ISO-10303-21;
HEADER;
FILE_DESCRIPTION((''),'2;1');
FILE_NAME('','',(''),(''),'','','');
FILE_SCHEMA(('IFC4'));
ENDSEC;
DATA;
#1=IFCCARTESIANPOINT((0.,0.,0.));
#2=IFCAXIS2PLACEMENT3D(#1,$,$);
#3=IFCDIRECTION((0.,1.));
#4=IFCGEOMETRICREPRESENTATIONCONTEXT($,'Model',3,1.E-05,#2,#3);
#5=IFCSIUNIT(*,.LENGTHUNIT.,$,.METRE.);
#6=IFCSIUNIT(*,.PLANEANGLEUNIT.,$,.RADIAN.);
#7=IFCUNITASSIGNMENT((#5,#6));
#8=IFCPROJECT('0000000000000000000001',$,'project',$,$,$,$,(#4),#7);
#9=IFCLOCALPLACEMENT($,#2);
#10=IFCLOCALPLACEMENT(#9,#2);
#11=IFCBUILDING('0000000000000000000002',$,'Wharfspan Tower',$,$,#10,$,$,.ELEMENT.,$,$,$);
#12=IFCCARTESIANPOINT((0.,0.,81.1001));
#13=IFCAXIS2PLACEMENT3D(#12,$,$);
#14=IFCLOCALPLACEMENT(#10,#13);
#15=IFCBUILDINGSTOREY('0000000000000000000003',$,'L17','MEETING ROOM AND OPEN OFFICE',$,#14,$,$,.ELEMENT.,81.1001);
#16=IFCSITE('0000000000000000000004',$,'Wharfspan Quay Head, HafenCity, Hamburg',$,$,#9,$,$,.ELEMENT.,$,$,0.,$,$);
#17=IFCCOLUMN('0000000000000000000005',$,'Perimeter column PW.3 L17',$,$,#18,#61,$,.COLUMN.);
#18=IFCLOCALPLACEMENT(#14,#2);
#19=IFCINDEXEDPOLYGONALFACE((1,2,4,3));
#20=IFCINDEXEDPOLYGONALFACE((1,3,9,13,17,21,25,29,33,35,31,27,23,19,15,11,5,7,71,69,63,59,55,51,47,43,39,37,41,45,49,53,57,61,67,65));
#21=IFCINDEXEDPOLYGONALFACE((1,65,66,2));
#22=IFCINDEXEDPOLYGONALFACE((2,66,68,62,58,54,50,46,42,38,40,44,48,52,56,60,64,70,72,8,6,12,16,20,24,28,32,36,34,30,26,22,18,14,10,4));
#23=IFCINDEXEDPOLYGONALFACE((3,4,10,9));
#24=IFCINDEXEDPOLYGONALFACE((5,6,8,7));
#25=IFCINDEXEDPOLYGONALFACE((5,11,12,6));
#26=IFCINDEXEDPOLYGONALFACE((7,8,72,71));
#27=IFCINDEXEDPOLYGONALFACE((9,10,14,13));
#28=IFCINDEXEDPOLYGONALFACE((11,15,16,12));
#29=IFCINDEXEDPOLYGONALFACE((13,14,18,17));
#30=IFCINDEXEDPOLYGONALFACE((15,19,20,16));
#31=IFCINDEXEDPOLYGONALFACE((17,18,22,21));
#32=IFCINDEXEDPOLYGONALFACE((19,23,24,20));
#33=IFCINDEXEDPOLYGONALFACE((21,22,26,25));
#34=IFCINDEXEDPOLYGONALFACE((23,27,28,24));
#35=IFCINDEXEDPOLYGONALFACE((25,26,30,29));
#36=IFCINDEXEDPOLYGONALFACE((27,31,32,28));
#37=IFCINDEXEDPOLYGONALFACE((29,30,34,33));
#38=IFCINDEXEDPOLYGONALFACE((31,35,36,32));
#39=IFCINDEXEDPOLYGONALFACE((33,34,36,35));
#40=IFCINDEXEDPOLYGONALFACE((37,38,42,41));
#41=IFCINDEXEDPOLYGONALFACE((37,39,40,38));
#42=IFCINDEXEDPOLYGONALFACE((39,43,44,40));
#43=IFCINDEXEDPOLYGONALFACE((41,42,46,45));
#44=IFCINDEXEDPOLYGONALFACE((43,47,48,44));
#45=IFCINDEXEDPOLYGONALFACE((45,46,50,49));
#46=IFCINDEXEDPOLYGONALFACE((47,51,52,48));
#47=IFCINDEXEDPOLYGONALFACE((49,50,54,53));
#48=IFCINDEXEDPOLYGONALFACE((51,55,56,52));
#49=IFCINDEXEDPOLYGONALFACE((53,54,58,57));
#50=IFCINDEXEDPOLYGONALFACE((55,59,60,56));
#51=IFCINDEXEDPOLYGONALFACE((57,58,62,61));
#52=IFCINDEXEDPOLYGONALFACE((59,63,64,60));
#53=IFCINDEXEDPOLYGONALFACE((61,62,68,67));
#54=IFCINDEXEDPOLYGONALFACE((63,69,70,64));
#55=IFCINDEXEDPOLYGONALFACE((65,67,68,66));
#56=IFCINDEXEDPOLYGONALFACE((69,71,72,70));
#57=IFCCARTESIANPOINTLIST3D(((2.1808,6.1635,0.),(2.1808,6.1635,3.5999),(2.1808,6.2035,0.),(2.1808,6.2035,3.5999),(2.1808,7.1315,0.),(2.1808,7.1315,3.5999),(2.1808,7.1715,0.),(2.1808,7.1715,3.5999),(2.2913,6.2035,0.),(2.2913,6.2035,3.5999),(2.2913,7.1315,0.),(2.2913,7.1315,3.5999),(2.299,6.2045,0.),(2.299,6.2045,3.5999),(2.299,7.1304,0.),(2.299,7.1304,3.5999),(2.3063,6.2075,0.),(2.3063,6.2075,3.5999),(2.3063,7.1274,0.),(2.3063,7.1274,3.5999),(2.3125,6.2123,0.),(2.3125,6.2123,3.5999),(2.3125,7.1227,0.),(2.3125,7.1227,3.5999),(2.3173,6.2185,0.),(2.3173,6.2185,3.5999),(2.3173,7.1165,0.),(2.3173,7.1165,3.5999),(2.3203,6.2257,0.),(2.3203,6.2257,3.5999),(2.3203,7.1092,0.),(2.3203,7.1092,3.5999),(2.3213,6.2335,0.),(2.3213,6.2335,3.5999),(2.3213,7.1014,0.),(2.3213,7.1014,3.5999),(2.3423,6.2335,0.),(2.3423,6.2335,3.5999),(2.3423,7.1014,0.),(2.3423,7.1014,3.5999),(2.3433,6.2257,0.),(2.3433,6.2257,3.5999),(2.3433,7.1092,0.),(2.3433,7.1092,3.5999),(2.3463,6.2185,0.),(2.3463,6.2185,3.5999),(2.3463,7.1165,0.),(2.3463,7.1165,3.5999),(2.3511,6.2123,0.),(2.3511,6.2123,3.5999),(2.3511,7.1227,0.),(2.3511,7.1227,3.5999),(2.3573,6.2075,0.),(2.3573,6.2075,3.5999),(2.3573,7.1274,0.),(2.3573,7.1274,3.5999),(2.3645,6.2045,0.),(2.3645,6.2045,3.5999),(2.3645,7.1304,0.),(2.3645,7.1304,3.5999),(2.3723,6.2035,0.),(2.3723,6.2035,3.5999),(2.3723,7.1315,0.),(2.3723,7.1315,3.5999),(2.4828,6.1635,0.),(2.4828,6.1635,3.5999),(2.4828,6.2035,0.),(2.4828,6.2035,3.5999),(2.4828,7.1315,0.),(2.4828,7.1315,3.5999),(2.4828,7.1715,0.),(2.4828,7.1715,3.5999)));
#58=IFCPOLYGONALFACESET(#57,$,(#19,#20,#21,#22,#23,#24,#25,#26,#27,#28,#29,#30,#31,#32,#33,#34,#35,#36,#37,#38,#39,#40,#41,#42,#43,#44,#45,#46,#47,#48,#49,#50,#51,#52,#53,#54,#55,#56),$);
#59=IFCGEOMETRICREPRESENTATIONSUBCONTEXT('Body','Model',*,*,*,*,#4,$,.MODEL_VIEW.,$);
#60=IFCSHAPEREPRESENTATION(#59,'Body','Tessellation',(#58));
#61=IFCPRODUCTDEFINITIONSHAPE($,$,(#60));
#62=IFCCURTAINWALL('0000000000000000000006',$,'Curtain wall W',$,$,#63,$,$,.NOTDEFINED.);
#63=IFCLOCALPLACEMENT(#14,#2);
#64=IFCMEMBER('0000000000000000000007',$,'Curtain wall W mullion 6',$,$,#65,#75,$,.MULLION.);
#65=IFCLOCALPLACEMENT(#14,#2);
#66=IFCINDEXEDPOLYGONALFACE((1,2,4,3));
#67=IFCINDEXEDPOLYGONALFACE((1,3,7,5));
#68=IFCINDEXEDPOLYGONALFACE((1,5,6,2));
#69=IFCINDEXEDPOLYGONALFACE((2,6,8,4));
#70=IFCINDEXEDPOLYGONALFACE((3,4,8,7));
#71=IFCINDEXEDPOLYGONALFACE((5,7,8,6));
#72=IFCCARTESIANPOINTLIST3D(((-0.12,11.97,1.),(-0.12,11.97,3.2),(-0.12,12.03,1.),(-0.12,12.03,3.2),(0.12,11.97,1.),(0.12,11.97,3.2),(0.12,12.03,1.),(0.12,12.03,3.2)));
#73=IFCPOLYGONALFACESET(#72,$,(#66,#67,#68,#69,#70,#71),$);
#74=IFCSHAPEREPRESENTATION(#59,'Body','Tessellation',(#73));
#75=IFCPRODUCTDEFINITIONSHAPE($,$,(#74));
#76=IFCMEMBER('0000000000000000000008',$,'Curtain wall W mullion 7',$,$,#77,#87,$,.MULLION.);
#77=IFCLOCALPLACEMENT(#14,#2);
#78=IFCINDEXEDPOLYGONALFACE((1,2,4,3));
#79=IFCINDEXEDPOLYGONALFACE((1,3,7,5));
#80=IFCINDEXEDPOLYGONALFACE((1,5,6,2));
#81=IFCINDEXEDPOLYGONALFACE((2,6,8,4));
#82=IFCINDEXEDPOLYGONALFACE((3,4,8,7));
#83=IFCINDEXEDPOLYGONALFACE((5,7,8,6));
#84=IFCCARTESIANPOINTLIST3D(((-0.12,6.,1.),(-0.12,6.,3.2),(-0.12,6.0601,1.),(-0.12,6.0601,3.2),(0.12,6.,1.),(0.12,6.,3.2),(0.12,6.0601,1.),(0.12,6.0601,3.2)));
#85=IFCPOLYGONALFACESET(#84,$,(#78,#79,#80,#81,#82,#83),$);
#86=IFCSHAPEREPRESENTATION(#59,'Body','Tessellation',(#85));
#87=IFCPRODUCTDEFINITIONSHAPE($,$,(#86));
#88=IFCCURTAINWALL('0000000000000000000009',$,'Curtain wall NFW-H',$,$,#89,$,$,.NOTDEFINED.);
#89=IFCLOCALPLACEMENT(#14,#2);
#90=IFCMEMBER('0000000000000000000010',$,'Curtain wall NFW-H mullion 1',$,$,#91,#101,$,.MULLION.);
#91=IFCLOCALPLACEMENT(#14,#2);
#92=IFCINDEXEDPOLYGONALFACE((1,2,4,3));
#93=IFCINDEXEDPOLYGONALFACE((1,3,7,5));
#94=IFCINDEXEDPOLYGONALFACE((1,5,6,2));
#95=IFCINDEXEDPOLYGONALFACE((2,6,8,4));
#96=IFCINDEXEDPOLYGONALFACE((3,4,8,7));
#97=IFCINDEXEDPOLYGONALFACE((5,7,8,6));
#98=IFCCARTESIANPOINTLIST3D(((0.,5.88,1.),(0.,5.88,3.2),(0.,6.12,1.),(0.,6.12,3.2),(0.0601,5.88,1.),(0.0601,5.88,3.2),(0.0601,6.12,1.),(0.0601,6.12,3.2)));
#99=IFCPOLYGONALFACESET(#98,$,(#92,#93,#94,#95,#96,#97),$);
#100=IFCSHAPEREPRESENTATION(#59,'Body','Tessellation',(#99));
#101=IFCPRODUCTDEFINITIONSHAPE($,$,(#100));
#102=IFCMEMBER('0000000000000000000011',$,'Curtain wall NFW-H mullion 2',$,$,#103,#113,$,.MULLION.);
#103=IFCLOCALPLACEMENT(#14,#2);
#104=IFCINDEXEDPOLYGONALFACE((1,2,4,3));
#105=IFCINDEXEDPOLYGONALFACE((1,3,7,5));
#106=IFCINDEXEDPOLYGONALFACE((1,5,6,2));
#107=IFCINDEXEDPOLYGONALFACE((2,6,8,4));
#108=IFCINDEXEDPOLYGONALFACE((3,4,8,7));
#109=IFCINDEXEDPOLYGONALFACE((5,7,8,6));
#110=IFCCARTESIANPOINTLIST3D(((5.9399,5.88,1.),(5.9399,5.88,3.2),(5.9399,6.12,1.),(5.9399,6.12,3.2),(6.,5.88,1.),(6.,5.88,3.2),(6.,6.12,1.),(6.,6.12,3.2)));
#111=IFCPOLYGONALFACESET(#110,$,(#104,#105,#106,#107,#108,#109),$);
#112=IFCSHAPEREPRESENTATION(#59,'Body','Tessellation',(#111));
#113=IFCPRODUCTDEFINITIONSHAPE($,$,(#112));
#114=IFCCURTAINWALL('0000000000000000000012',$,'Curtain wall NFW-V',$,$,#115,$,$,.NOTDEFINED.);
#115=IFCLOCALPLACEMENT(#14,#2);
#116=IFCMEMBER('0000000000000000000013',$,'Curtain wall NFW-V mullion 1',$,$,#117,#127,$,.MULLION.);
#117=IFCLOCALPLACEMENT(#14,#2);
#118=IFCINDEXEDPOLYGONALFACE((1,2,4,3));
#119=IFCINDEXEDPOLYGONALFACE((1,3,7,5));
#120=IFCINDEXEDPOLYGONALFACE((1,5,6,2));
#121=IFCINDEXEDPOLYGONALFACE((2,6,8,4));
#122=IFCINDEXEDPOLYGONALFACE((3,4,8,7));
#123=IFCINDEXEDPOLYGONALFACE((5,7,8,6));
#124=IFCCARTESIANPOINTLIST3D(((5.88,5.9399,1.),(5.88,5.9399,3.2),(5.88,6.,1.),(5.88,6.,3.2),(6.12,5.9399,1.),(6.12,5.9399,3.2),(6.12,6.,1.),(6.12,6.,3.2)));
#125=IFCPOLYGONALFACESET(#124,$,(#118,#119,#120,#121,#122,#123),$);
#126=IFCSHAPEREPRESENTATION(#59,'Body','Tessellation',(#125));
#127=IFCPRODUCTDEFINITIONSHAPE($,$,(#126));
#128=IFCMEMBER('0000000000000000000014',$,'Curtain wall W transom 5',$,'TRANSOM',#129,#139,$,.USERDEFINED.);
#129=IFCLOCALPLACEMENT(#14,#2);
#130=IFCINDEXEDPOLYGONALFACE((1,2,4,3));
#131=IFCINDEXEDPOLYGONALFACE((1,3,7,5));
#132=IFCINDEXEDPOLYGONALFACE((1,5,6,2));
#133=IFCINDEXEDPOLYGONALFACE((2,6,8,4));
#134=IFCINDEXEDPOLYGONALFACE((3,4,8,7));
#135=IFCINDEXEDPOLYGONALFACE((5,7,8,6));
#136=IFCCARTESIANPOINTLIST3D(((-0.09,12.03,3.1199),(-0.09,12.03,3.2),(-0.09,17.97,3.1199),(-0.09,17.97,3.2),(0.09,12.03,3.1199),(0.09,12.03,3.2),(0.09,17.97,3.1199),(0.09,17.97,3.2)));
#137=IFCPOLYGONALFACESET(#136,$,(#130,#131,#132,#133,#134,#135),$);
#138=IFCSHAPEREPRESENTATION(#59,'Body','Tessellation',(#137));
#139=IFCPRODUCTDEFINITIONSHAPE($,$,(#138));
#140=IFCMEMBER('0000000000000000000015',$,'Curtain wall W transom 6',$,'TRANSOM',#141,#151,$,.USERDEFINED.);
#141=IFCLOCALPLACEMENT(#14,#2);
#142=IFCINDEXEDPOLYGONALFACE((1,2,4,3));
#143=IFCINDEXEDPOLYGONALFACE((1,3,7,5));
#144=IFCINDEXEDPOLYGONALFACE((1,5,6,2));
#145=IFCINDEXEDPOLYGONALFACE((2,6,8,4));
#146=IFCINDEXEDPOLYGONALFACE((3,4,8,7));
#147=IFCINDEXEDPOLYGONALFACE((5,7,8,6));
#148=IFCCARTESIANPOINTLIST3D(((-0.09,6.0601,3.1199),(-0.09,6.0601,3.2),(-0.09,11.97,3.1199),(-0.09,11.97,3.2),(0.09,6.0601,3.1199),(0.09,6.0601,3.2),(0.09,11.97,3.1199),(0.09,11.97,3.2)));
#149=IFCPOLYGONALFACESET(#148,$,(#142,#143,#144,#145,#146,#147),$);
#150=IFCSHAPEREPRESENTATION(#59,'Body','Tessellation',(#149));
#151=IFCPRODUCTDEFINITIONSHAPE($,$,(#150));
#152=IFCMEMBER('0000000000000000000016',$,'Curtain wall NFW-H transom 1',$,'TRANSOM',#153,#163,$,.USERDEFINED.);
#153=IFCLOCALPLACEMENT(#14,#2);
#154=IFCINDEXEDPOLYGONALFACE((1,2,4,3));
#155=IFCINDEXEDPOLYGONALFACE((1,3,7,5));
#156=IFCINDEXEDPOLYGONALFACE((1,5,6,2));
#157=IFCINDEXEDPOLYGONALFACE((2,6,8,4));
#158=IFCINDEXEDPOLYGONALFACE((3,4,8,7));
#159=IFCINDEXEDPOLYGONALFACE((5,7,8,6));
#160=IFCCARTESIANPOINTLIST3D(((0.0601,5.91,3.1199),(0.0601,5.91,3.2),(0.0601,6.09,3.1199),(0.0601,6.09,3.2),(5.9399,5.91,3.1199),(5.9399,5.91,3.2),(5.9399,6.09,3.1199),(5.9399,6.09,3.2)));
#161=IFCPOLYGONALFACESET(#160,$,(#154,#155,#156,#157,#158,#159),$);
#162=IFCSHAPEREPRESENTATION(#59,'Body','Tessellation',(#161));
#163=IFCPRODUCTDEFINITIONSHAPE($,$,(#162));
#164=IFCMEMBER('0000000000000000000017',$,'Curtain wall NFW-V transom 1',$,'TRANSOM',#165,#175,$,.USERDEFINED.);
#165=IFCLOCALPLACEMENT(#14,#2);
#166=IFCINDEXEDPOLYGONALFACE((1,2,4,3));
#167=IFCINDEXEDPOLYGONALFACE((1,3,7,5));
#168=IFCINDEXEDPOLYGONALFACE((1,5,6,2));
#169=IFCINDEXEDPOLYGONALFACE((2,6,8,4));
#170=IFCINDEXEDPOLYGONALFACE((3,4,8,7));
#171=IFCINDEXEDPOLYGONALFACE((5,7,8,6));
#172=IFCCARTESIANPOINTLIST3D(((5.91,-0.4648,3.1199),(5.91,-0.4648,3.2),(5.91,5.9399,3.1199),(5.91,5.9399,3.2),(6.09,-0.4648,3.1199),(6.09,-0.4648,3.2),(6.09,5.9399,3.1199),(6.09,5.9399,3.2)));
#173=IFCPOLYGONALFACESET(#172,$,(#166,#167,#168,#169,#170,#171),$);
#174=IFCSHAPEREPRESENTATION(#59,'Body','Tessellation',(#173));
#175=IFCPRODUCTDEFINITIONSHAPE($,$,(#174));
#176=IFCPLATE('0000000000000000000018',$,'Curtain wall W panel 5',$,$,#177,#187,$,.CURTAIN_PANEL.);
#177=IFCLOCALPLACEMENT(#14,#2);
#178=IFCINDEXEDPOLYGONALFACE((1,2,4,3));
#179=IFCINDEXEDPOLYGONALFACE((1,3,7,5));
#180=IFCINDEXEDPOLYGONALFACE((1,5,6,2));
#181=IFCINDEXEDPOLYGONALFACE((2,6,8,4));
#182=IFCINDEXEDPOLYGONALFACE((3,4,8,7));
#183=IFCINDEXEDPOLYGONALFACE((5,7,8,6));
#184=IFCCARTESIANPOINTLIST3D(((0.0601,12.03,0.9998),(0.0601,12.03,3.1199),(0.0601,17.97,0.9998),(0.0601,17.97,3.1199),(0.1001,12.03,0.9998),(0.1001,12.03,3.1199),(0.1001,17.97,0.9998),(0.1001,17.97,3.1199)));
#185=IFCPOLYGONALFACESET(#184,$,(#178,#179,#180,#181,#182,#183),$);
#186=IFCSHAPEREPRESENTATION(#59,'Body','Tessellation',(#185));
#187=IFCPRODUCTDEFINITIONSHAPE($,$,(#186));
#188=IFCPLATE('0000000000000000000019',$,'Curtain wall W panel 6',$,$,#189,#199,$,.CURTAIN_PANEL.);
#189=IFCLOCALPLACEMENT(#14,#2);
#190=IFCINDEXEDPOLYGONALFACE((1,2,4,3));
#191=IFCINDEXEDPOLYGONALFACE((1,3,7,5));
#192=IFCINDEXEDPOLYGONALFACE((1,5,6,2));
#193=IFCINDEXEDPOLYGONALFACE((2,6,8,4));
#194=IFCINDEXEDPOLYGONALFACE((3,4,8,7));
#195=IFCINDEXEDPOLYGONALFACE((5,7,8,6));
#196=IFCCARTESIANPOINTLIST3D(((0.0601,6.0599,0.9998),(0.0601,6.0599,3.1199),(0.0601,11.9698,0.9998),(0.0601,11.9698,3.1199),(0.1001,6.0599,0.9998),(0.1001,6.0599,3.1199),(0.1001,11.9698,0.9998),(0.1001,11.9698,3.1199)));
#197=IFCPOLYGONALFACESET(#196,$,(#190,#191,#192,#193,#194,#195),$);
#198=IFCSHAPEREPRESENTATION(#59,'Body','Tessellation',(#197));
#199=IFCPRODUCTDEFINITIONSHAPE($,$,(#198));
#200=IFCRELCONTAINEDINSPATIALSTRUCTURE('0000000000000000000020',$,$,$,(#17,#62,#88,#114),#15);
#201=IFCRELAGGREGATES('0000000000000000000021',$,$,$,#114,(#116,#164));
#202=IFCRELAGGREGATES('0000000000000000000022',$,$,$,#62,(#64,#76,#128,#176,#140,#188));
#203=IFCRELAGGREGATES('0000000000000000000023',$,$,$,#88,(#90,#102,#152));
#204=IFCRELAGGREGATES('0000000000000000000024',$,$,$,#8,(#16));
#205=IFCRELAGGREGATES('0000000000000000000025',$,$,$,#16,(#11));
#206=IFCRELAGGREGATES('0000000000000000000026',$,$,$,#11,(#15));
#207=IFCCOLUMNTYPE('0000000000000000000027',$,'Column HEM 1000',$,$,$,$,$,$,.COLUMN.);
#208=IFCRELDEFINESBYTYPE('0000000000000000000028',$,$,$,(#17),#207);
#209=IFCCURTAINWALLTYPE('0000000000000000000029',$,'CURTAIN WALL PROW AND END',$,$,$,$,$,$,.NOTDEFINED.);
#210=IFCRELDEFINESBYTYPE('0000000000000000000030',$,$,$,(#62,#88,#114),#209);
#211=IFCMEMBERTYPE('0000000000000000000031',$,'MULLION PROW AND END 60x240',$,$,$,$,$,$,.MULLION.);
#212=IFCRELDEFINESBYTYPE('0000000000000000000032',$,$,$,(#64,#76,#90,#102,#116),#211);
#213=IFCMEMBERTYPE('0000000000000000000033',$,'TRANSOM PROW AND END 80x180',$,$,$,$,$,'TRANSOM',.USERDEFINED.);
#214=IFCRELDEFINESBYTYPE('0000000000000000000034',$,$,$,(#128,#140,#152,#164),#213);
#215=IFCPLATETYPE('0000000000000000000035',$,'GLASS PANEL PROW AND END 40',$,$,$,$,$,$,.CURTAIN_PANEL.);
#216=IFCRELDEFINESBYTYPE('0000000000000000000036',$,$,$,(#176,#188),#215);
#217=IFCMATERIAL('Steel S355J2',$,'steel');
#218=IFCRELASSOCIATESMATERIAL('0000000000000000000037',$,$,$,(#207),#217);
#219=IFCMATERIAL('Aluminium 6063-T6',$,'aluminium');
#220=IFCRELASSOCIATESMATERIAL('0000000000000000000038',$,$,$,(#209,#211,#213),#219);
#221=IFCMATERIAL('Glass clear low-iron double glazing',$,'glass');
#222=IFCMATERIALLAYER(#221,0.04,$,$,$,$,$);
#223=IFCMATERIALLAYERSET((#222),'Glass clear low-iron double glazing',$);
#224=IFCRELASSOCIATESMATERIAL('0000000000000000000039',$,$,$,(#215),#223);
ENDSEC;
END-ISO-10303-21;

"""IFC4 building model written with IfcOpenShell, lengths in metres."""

from ifc_helpers import new_model, si_unit, direction, frame, origin, origin_2d, place, context, subcontext, project, spatial, rectangle, i_section, extrude, material, layer, layer_set, material_profile, profile_set, type_object, element, aggregate, save


model = new_model("IFC4")

# Units and contexts
model_context = context("Model", 3, precision=1e-05, world=origin(), true_north=direction((0.0, 1.0)))
body_context = subcontext(model_context, "Body", "Model", "MODEL_VIEW")
ifc_project = project(units=[si_unit("LENGTHUNIT", "METRE"), si_unit("PLANEANGLEUNIT", "RADIAN")], contexts=[model_context])

# Site, building, storey
site_placement = place(None, origin())
site = spatial("IfcSite", under=ifc_project, at=site_placement, Name="Wharfspan Quay Head, HafenCity, Hamburg", CompositionType="ELEMENT", RefElevation=0.0)
building_placement = place(site_placement, origin())
building = spatial("IfcBuilding", under=site, at=building_placement, Name="Wharfspan Tower", CompositionType="ELEMENT")
storey_placement = place(building_placement, frame((0.0, 0.0, 81.1001)))
storey = spatial("IfcBuildingStorey", under=building, at=storey_placement, Name="L17", Description="MEETING ROOM AND OPEN OFFICE", CompositionType="ELEMENT", Elevation=81.1001)

# Column
ifc_material_1 = material(Name="Steel S355J2", Category="steel")
ifc_material_profile_1 = material_profile(ifc_material_1, i_section(OverallWidth=0.302, OverallDepth=1.0081, WebThickness=0.021, FlangeThickness=0.04, FilletRadius=0.03, at=origin_2d()))
ifc_profile_set_1 = profile_set([ifc_material_profile_1], Name="Steel S355J2")
column_type = type_object("IfcColumnType", Name="Column HEM 1000", PredefinedType="COLUMN", material=ifc_profile_set_1)
column_placement = place(storey_placement, frame((2.3318, 6.6675, 0.0), z_axis=(0.0, 0.0, 1.0), x_axis=(-1.0, 0.0, 0.0)))
element("IfcColumn", 1, at=column_placement, inside=storey, type_object=column_type, Name="Perimeter column PW.3 L17", PredefinedType="COLUMN", context=body_context, shape_type="SweptSolid", body=[
    extrude(i_section(OverallWidth=0.302, OverallDepth=1.0081, WebThickness=0.021, FlangeThickness=0.04, FilletRadius=0.03, at=origin_2d()), origin(), (0.0, 0.0, 1.0), 3.5999),
])

# Curtain walls, members
ifc_material_2 = material(Name="Aluminium 6063-T6", Category="aluminium")
curtain_wall_type = type_object("IfcCurtainWallType", Name="CURTAIN WALL PROW AND END", PredefinedType="NOTDEFINED", material=ifc_material_2)
curtain_wall_1_placement = place(storey_placement, origin())
curtain_wall_1 = element("IfcCurtainWall", 2, at=curtain_wall_1_placement, inside=storey, type_object=curtain_wall_type, Name="Curtain wall W", PredefinedType="NOTDEFINED")
ifc_material_profile_2 = material_profile(ifc_material_2, rectangle(XDim=0.24, YDim=0.0601, at=origin_2d()))
ifc_profile_set_2 = profile_set([ifc_material_profile_2], Name="Aluminium 6063-T6")
member_type_1 = type_object("IfcMemberType", Name="MULLION PROW AND END 60x240", PredefinedType="MULLION", material=ifc_profile_set_2)
member_1_placement = place(storey_placement, frame((0.0, 12.0, 1.0), z_axis=(0.0, 0.0, 1.0), x_axis=(1.0, 0.0, 0.0)))
member_1 = element("IfcMember", 3, at=member_1_placement, type_object=member_type_1, Name="Curtain wall W mullion 6", PredefinedType="MULLION", context=body_context, shape_type="SweptSolid", body=[
    extrude(rectangle(XDim=0.24, YDim=0.0601, at=origin_2d()), origin(), (0.0, 0.0, 1.0), 2.2),
])
member_2_placement = place(storey_placement, frame((0.0, 6.03, 1.0), z_axis=(0.0, 0.0, 1.0), x_axis=(1.0, 0.0, 0.0)))
member_2 = element("IfcMember", 4, at=member_2_placement, type_object=member_type_1, Name="Curtain wall W mullion 7", PredefinedType="MULLION", context=body_context, shape_type="SweptSolid", body=[
    extrude(rectangle(XDim=0.24, YDim=0.0601, at=origin_2d()), origin(), (0.0, 0.0, 1.0), 2.2),
])
curtain_wall_2_placement = place(storey_placement, origin())
curtain_wall_2 = element("IfcCurtainWall", 5, at=curtain_wall_2_placement, inside=storey, type_object=curtain_wall_type, Name="Curtain wall NFW-H", PredefinedType="NOTDEFINED")
member_3_placement = place(storey_placement, frame((0.03, 6.0, 1.0), z_axis=(0.0, 0.0, 1.0), x_axis=(0.0, 1.0, 0.0)))
member_3 = element("IfcMember", 6, at=member_3_placement, type_object=member_type_1, Name="Curtain wall NFW-H mullion 1", PredefinedType="MULLION", context=body_context, shape_type="SweptSolid", body=[
    extrude(rectangle(XDim=0.24, YDim=0.0601, at=origin_2d()), origin(), (0.0, 0.0, 1.0), 2.2),
])
member_4_placement = place(storey_placement, frame((5.97, 6.0, 1.0), z_axis=(0.0, 0.0, 1.0), x_axis=(0.0, 1.0, 0.0)))
member_4 = element("IfcMember", 7, at=member_4_placement, type_object=member_type_1, Name="Curtain wall NFW-H mullion 2", PredefinedType="MULLION", context=body_context, shape_type="SweptSolid", body=[
    extrude(rectangle(XDim=0.24, YDim=0.0601, at=origin_2d()), origin(), (0.0, 0.0, 1.0), 2.2),
])

# Curtain wall, member
curtain_wall_3_placement = place(storey_placement, origin())
curtain_wall_3 = element("IfcCurtainWall", 8, at=curtain_wall_3_placement, inside=storey, type_object=curtain_wall_type, Name="Curtain wall NFW-V", PredefinedType="NOTDEFINED")
member_5_placement = place(storey_placement, frame((6.0, 5.97, 1.0), z_axis=(0.0, 0.0, 1.0), x_axis=(1.0, 0.0, 0.0)))
member_5 = element("IfcMember", 9, at=member_5_placement, type_object=member_type_1, Name="Curtain wall NFW-V mullion 1", PredefinedType="MULLION", context=body_context, shape_type="SweptSolid", body=[
    extrude(rectangle(XDim=0.24, YDim=0.0601, at=origin_2d()), origin(), (0.0, 0.0, 1.0), 2.2),
])

# Members
ifc_material_profile_3 = material_profile(ifc_material_2, rectangle(XDim=0.1799, YDim=0.0801, at=origin_2d()))
ifc_profile_set_3 = profile_set([ifc_material_profile_3], Name="Aluminium 6063-T6")
member_type_2 = type_object("IfcMemberType", Name="TRANSOM PROW AND END 80x180", ElementType="TRANSOM", PredefinedType="USERDEFINED", material=ifc_profile_set_3)
member_6_placement = place(storey_placement, frame((0.0, 17.97, 3.1599), z_axis=(0.0, -1.0, 0.0), x_axis=(1.0, 0.0, 0.0)))
member_6 = element("IfcMember", 10, at=member_6_placement, type_object=member_type_2, Name="Curtain wall W transom 5", ObjectType="TRANSOM", PredefinedType="USERDEFINED", context=body_context, shape_type="SweptSolid", body=[
    extrude(rectangle(XDim=0.1799, YDim=0.0801, at=origin_2d()), origin(), (0.0, 0.0, 1.0), 5.9399),
])
member_7_placement = place(storey_placement, frame((0.0, 11.97, 3.1599), z_axis=(0.0, -1.0, 0.0), x_axis=(1.0, 0.0, 0.0)))
member_7 = element("IfcMember", 11, at=member_7_placement, type_object=member_type_2, Name="Curtain wall W transom 6", ObjectType="TRANSOM", PredefinedType="USERDEFINED", context=body_context, shape_type="SweptSolid", body=[
    extrude(rectangle(XDim=0.1799, YDim=0.0801, at=origin_2d()), origin(), (0.0, 0.0, 1.0), 5.9099),
])
member_8_placement = place(storey_placement, frame((0.0601, 6.0, 3.1599), z_axis=(1.0, 0.0, 0.0), x_axis=(0.0, 1.0, 0.0)))
member_8 = element("IfcMember", 12, at=member_8_placement, type_object=member_type_2, Name="Curtain wall NFW-H transom 1", ObjectType="TRANSOM", PredefinedType="USERDEFINED", context=body_context, shape_type="SweptSolid", body=[
    extrude(rectangle(XDim=0.1799, YDim=0.0801, at=origin_2d()), origin(), (0.0, 0.0, 1.0), 5.8799),
])
member_9_placement = place(storey_placement, frame((6.0, 5.9399, 3.1599), z_axis=(0.0, -1.0, 0.0), x_axis=(1.0, 0.0, 0.0)))
member_9 = element("IfcMember", 13, at=member_9_placement, type_object=member_type_2, Name="Curtain wall NFW-V transom 1", ObjectType="TRANSOM", PredefinedType="USERDEFINED", context=body_context, shape_type="SweptSolid", body=[
    extrude(rectangle(XDim=0.1799, YDim=0.0801, at=origin_2d()), origin(), (0.0, 0.0, 1.0), 6.4048),
])
aggregate(curtain_wall_3, [member_5, member_9])

# Plates
ifc_material_3 = material(Name="Glass clear low-iron double glazing", Category="glass")
ifc_layer_1 = layer(ifc_material_3, 0.04)
ifc_layer_set_1 = layer_set([ifc_layer_1], Name="Glass clear low-iron double glazing")
plate_type = type_object("IfcPlateType", Name="GLASS PANEL PROW AND END 40", PredefinedType="CURTAIN_PANEL", material=ifc_layer_set_1)
plate_1_placement = place(storey_placement, frame((0.0801, 15.0, 0.9998), z_axis=(0.0, 0.0, 1.0), x_axis=(0.0, -1.0, 0.0)))
plate_1 = element("IfcPlate", 14, at=plate_1_placement, type_object=plate_type, Name="Curtain wall W panel 5", PredefinedType="CURTAIN_PANEL", context=body_context, shape_type="SweptSolid", body=[
    extrude(rectangle(XDim=5.9399, YDim=0.04, at=origin_2d()), origin(), (0.0, 0.0, 1.0), 2.1201),
])
plate_2_placement = place(storey_placement, frame((0.0801, 9.0149, 0.9998), z_axis=(0.0, 0.0, 1.0), x_axis=(0.0, -1.0, 0.0)))
plate_2 = element("IfcPlate", 15, at=plate_2_placement, type_object=plate_type, Name="Curtain wall W panel 6", PredefinedType="CURTAIN_PANEL", context=body_context, shape_type="SweptSolid", body=[
    extrude(rectangle(XDim=5.9099, YDim=0.04, at=origin_2d()), origin(), (0.0, 0.0, 1.0), 2.1201),
])
aggregate(curtain_wall_1, [member_1, member_2, member_6, plate_1, member_7, plate_2])
aggregate(curtain_wall_2, [member_3, member_4, member_8])

save(model, "model.ifc")
